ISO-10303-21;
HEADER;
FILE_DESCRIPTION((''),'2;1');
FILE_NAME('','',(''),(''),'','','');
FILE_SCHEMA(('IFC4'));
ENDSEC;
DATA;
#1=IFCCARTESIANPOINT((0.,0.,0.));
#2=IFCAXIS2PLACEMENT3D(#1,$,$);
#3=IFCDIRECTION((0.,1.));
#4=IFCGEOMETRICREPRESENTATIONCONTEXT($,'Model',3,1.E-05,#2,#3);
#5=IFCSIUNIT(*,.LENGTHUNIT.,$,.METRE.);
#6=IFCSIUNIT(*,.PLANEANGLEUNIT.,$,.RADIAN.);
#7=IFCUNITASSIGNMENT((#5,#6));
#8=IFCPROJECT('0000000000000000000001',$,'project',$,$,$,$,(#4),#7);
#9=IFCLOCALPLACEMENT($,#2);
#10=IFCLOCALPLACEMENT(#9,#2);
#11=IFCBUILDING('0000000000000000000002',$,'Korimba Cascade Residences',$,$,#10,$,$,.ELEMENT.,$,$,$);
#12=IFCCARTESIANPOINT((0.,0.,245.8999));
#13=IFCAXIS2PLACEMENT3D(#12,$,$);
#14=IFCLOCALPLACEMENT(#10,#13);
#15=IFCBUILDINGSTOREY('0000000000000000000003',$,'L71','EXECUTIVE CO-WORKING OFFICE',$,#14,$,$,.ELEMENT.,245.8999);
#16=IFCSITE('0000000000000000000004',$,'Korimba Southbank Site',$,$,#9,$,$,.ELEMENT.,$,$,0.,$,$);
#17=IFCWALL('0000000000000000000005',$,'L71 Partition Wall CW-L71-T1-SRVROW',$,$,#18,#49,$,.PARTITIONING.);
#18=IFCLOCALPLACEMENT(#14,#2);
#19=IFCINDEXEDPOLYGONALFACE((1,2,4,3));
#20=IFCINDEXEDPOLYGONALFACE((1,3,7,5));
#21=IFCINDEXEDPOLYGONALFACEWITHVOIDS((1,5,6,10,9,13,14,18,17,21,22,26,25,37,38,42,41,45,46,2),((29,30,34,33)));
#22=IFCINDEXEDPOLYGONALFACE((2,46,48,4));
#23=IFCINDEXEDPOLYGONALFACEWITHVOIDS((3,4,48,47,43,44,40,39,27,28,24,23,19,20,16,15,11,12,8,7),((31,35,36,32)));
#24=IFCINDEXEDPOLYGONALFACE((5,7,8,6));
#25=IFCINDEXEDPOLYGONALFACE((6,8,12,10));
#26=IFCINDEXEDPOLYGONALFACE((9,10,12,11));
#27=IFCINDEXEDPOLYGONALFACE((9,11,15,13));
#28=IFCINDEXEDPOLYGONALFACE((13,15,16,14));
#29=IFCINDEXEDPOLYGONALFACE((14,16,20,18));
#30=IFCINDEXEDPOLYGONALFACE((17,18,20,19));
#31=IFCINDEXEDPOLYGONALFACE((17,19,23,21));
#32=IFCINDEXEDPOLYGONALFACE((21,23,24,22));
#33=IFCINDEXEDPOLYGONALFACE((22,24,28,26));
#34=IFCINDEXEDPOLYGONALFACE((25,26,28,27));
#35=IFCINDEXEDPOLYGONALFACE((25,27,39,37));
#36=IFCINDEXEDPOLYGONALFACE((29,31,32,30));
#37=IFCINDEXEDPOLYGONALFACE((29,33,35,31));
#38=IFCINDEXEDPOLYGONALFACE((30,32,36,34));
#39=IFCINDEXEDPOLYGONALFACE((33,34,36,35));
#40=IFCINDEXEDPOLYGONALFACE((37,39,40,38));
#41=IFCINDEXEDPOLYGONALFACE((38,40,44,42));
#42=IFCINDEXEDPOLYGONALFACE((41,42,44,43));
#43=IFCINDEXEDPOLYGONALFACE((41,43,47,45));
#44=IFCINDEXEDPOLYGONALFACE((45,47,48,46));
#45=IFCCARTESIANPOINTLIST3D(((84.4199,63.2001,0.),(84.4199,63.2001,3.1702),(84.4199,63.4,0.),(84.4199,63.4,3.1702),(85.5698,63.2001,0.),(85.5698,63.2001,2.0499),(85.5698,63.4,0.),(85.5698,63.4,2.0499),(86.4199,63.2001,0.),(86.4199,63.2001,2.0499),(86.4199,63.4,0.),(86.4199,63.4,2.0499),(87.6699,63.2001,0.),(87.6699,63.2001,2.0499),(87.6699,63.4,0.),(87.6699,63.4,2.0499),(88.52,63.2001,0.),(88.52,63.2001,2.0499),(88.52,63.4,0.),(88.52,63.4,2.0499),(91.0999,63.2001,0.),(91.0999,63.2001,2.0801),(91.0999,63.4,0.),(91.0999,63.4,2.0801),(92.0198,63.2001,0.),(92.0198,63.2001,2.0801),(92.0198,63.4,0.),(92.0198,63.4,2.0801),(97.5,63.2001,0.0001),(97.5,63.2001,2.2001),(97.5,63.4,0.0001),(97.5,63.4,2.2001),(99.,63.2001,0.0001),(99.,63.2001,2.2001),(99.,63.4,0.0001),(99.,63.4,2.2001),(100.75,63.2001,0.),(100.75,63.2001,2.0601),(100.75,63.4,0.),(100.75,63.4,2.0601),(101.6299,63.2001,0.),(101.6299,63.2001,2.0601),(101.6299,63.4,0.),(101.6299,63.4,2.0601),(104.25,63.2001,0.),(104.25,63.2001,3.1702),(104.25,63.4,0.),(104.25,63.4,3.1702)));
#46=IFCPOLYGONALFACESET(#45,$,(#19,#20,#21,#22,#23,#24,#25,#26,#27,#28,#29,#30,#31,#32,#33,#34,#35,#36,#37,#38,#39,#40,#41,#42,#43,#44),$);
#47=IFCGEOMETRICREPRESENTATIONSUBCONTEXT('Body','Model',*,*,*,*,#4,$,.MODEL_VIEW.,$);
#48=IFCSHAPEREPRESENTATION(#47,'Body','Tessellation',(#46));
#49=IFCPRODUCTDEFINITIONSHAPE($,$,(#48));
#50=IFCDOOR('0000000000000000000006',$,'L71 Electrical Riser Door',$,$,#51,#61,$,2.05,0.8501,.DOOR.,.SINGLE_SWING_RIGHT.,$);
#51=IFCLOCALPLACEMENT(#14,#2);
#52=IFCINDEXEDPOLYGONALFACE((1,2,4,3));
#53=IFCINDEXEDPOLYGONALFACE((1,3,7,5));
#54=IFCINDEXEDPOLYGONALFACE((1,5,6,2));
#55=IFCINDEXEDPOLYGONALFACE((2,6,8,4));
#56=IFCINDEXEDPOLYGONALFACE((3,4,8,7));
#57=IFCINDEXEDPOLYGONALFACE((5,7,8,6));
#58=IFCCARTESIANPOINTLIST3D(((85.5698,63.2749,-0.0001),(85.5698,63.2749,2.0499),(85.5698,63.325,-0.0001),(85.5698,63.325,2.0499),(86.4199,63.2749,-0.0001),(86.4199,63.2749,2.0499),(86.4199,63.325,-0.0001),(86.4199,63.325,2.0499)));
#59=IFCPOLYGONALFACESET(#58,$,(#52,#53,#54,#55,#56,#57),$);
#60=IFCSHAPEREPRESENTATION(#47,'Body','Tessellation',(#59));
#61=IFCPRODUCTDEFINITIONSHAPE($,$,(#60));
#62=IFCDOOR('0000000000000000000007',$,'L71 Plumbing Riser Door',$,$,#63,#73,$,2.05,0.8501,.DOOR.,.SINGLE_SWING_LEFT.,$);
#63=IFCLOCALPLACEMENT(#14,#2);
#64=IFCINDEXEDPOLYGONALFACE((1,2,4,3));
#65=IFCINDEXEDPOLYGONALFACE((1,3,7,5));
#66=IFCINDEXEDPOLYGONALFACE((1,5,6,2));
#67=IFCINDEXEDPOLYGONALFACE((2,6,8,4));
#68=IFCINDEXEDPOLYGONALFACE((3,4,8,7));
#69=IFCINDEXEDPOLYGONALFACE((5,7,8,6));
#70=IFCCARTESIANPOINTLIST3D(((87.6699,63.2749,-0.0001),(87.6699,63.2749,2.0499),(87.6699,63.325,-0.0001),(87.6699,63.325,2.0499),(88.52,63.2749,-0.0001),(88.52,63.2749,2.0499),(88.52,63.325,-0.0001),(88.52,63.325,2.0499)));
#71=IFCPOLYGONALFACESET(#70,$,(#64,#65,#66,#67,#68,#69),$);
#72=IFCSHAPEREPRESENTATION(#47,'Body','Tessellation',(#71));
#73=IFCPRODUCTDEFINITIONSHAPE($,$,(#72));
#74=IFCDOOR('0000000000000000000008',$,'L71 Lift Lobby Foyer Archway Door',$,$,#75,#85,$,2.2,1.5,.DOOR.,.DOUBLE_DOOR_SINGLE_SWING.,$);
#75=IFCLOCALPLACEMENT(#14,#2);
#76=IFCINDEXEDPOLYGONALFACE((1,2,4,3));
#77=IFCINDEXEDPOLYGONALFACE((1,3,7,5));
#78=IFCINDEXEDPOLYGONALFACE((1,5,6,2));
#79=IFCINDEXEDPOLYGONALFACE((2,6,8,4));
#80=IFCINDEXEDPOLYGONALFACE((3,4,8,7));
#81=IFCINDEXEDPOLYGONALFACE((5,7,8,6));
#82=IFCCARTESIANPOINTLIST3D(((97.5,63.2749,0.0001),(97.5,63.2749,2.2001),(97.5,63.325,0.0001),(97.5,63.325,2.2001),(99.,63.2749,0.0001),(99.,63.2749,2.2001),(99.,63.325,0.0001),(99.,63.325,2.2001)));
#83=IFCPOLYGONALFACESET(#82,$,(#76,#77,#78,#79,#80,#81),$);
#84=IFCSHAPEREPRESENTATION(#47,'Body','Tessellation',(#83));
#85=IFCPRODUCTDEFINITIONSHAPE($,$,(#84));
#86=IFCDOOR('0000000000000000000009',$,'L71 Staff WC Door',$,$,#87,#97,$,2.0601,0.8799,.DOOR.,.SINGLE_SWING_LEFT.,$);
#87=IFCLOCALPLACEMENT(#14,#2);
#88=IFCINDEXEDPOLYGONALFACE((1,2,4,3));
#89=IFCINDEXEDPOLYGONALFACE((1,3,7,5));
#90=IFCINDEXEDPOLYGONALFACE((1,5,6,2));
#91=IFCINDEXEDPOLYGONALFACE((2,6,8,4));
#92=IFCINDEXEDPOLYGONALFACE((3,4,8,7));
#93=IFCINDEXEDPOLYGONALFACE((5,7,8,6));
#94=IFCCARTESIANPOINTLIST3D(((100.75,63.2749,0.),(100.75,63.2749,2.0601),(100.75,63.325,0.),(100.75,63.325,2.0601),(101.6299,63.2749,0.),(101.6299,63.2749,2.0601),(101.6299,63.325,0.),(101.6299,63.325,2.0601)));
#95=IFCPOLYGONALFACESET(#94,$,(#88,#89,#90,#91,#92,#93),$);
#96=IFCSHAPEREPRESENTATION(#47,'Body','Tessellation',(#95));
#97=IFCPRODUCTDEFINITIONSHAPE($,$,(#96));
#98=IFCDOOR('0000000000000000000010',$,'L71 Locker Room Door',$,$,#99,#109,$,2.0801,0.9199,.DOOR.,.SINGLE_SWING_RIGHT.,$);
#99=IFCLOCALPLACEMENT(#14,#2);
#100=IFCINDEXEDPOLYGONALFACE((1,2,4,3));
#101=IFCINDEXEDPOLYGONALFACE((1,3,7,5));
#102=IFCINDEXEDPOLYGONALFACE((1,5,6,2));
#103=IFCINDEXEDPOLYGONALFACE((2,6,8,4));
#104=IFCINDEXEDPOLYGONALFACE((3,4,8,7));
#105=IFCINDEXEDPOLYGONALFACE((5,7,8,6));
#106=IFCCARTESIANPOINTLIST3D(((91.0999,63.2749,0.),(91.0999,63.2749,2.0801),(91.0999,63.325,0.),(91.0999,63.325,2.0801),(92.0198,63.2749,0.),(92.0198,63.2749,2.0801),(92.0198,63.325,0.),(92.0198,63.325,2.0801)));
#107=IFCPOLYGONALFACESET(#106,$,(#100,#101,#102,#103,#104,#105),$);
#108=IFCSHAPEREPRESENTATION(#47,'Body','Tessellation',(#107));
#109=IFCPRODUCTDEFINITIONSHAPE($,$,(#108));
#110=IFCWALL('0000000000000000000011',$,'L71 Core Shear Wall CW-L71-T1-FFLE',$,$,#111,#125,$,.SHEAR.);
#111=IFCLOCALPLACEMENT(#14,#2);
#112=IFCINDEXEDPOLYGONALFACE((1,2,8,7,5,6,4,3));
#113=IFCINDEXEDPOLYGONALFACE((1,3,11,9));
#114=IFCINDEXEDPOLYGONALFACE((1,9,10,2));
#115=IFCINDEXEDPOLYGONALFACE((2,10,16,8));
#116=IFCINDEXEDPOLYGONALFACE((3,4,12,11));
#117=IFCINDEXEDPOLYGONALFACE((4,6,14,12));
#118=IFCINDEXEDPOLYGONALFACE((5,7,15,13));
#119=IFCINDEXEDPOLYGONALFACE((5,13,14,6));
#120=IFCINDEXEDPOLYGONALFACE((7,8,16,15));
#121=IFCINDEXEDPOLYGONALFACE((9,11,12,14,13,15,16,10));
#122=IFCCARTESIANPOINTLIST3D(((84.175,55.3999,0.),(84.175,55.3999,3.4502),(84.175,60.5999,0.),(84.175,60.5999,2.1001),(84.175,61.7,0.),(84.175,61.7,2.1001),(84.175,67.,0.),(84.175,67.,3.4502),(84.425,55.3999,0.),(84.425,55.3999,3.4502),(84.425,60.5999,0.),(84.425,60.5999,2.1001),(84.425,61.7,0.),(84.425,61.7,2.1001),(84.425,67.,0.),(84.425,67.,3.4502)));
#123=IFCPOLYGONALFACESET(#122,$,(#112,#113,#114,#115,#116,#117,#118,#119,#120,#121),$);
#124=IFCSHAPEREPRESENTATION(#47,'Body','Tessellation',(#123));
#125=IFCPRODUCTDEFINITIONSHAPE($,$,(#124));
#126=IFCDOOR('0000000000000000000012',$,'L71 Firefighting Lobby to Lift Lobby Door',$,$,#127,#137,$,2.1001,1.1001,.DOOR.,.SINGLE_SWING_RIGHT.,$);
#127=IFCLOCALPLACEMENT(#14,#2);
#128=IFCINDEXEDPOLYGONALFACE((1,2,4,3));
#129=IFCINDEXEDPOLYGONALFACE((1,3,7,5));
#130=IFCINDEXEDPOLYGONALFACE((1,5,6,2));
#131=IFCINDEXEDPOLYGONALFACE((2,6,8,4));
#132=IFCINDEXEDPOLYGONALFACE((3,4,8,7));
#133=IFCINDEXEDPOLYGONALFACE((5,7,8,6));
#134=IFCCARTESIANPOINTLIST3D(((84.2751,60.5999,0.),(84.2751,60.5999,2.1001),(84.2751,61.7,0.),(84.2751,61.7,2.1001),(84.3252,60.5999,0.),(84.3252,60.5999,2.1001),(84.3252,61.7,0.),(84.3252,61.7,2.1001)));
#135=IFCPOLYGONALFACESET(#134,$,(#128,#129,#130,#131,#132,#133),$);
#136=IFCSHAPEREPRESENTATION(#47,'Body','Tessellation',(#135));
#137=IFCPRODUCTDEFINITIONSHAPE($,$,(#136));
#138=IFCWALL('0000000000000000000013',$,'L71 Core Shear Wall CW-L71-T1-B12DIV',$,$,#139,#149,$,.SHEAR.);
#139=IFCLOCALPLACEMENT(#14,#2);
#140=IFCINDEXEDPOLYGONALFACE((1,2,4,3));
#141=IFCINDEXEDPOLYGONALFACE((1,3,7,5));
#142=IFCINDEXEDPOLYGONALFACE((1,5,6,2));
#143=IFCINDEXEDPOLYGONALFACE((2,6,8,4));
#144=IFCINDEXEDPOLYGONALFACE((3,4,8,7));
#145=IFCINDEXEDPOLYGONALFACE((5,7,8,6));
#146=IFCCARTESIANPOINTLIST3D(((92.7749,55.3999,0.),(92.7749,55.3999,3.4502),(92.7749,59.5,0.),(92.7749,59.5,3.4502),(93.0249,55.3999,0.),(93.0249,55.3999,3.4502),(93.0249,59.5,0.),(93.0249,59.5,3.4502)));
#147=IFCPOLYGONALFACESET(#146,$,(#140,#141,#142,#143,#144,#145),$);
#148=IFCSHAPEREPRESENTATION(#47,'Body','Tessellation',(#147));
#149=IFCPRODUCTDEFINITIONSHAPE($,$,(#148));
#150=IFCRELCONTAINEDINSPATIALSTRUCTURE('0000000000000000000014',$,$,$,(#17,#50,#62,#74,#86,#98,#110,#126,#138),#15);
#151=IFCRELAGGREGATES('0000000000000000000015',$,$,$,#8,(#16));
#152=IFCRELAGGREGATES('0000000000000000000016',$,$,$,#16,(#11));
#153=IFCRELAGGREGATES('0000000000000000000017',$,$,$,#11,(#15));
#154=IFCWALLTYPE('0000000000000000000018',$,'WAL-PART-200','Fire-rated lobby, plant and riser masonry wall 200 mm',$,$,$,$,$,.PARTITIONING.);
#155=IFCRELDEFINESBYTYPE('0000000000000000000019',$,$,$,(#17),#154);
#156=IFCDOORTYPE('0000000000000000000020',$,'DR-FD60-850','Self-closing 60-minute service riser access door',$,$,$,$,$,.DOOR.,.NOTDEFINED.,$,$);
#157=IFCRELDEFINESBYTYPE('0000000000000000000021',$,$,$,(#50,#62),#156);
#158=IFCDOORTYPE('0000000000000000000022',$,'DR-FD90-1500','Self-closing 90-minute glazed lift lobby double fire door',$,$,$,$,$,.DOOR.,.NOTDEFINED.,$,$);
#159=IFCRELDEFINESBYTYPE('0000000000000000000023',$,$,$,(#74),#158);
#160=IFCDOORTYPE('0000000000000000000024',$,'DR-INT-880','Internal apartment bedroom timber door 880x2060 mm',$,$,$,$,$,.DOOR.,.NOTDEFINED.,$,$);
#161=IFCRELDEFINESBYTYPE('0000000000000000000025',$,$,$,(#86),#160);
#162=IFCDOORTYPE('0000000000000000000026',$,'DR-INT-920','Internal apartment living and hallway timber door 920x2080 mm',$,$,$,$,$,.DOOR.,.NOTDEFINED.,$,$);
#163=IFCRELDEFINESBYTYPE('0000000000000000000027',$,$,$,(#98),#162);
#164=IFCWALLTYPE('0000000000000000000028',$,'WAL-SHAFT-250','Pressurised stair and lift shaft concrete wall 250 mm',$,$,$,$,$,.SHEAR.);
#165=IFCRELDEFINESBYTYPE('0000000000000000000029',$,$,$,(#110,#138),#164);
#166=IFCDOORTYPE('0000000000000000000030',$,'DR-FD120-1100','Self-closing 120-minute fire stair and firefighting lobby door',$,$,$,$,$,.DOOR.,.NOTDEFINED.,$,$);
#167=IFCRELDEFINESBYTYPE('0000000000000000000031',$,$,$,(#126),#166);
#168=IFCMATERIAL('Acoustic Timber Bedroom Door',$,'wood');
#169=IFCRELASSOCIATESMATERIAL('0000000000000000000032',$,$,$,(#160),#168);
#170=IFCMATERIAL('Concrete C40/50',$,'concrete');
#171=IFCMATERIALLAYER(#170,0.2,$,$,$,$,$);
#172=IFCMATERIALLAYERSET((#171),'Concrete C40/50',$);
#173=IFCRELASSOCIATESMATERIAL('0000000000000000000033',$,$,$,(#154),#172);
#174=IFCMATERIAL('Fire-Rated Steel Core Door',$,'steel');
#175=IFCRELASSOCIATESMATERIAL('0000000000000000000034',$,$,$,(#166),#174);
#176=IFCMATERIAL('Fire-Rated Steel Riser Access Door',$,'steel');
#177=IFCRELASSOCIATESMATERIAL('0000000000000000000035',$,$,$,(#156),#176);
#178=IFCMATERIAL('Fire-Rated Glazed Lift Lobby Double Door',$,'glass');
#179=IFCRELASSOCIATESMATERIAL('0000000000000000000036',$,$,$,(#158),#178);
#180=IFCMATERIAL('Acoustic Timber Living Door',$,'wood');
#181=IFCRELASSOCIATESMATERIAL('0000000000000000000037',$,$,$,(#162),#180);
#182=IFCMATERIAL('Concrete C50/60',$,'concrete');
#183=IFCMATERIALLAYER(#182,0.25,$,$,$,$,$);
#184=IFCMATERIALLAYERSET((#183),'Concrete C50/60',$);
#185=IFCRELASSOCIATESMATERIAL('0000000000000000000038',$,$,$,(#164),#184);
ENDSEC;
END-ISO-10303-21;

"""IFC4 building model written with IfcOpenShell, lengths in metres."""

from ifc_helpers import new_model, si_unit, direction, frame, frame_2d, origin, place, context, subcontext, project, spatial, rectangle, extrude, material, layer, layer_set, type_object, element, fill, save


model = new_model("IFC4")

# Units and contexts
model_context = context("Model", 3, precision=1e-05, world=origin(), true_north=direction((0.0, 1.0)))
body_context = subcontext(model_context, "Body", "Model", "MODEL_VIEW")
ifc_project = project(units=[si_unit("LENGTHUNIT", "METRE"), si_unit("PLANEANGLEUNIT", "RADIAN")], contexts=[model_context])

# Site, building, storey
site_placement = place(None, origin())
site = spatial("IfcSite", under=ifc_project, at=site_placement, Name="Korimba Southbank Site", CompositionType="ELEMENT", RefElevation=0.0)
building_placement = place(site_placement, origin())
building = spatial("IfcBuilding", under=site, at=building_placement, Name="Korimba Cascade Residences", CompositionType="ELEMENT")
storey_placement = place(building_placement, frame((0.0, 0.0, 245.8999)))
storey = spatial("IfcBuildingStorey", under=building, at=storey_placement, Name="L71", Description="EXECUTIVE CO-WORKING OFFICE", CompositionType="ELEMENT", Elevation=245.8999)

# Shared definitions
ifc_material_1 = material(Name="Concrete C50/60", Category="concrete")

# Shared definitions
ifc_material_2 = material(Name="Acoustic Timber Bedroom Door", Category="wood")
door_type_1 = type_object("IfcDoorType", Name="DR-INT-880", Description="Internal apartment bedroom timber door 880x2060 mm", OperationType="NOTDEFINED", PredefinedType="DOOR", material=ifc_material_2)

# Shared definitions
ifc_material_3 = material(Name="Concrete C40/50", Category="concrete")
ifc_layer_1 = layer(ifc_material_3, 0.2)
ifc_layer_set_1 = layer_set([ifc_layer_1], Name="Concrete C40/50")
wall_type_1 = type_object("IfcWallType", Name="WAL-PART-200", Description="Fire-rated lobby, plant and riser masonry wall 200 mm", PredefinedType="PARTITIONING", material=ifc_layer_set_1)

# Shared definitions
ifc_material_4 = material(Name="Fire-Rated Steel Core Door", Category="steel")
door_type_2 = type_object("IfcDoorType", Name="DR-FD120-1100", Description="Self-closing 120-minute fire stair and firefighting lobby door", OperationType="NOTDEFINED", PredefinedType="DOOR", material=ifc_material_4)

# Wall, openings, doors
wall_1_placement = place(storey_placement, frame((84.4199, 63.3, 0.0), z_axis=(0.0, 0.0, 1.0), x_axis=(1.0, 0.0, 0.0)))
wall_1 = element("IfcWall", 1, at=wall_1_placement, inside=storey, type_object=wall_type_1, Name="L71 Partition Wall CW-L71-T1-SRVROW", PredefinedType="PARTITIONING", context=body_context, shape_type="SweptSolid", body=[
    extrude(rectangle(XDim=19.8301, YDim=0.2, at=frame_2d((9.915, 0.0))), origin(), (0.0, 0.0, 1.0), 3.1702),
])
opening_1_placement = place(wall_1_placement, frame((1.1499, 0.0, 0.0)))
opening_1 = element("IfcOpeningElement", 2, at=opening_1_placement, cuts=wall_1, PredefinedType="OPENING", context=body_context, shape_type="SweptSolid", body=[
    extrude(rectangle(XDim=0.8501, YDim=2.05, at=frame_2d((0.425, 1.0249))), frame((0.0, 0.1099, 0.0), z_axis=(0.0, -1.0, 0.0), x_axis=(1.0, 0.0, 0.0)), (0.0, 0.0, 1.0), 0.22),
])
opening_2_placement = place(wall_1_placement, frame((3.25, 0.0, 0.0)))
opening_2 = element("IfcOpeningElement", 3, at=opening_2_placement, cuts=wall_1, PredefinedType="OPENING", context=body_context, shape_type="SweptSolid", body=[
    extrude(rectangle(XDim=0.8501, YDim=2.05, at=frame_2d((0.425, 1.0249))), frame((0.0, 0.1099, 0.0), z_axis=(0.0, -1.0, 0.0), x_axis=(1.0, 0.0, 0.0)), (0.0, 0.0, 1.0), 0.22),
])
opening_3_placement = place(wall_1_placement, frame((13.0801, 0.0, 0.0)))
opening_3 = element("IfcOpeningElement", 4, at=opening_3_placement, cuts=wall_1, PredefinedType="OPENING", context=body_context, shape_type="SweptSolid", body=[
    extrude(rectangle(XDim=1.5, YDim=2.2, at=frame_2d((0.75, 1.1001))), frame((0.0, 0.1099, 0.0), z_axis=(0.0, -1.0, 0.0), x_axis=(1.0, 0.0, 0.0)), (0.0, 0.0, 1.0), 0.22),
])
opening_4_placement = place(wall_1_placement, frame((6.6799, 0.0, 0.0)))
opening_4 = element("IfcOpeningElement", 5, at=opening_4_placement, cuts=wall_1, PredefinedType="OPENING", context=body_context, shape_type="SweptSolid", body=[
    extrude(rectangle(XDim=0.9199, YDim=2.0801, at=frame_2d((0.46, 1.04))), frame((0.0, 0.1099, 0.0), z_axis=(0.0, -1.0, 0.0), x_axis=(1.0, 0.0, 0.0)), (0.0, 0.0, 1.0), 0.22),
])
opening_5_placement = place(wall_1_placement, frame((16.3301, 0.0, 0.0)))
opening_5 = element("IfcOpeningElement", 6, at=opening_5_placement, cuts=wall_1, PredefinedType="OPENING", context=body_context, shape_type="SweptSolid", body=[
    extrude(rectangle(XDim=0.8799, YDim=2.0601, at=frame_2d((0.4399, 1.03))), frame((0.0, 0.1099, 0.0), z_axis=(0.0, -1.0, 0.0), x_axis=(1.0, 0.0, 0.0)), (0.0, 0.0, 1.0), 0.22),
])
ifc_material_5 = material(Name="Fire-Rated Steel Riser Access Door", Category="steel")
door_type_3 = type_object("IfcDoorType", Name="DR-FD60-850", Description="Self-closing 60-minute service riser access door", OperationType="NOTDEFINED", PredefinedType="DOOR", material=ifc_material_5)
door_1_placement = place(opening_1_placement, origin())
door_1 = element("IfcDoor", 7, at=door_1_placement, inside=storey, type_object=door_type_3, Name="L71 Electrical Riser Door", OperationType="SINGLE_SWING_RIGHT", OverallHeight=2.05, OverallWidth=0.8501, PredefinedType="DOOR", context=body_context, shape_type="SweptSolid", body=[
    extrude(rectangle(XDim=0.8501, YDim=2.05, at=frame_2d((0.425, 1.0249))), frame((0.0, 0.0249, 0.0), z_axis=(0.0, -1.0, 0.0), x_axis=(1.0, 0.0, 0.0)), (0.0, 0.0, 1.0), 0.05),
])
fill(opening_1, door_1)
door_2_placement = place(opening_2_placement, origin())
door_2 = element("IfcDoor", 8, at=door_2_placement, inside=storey, type_object=door_type_3, Name="L71 Plumbing Riser Door", OperationType="SINGLE_SWING_LEFT", OverallHeight=2.05, OverallWidth=0.8501, PredefinedType="DOOR", context=body_context, shape_type="SweptSolid", body=[
    extrude(rectangle(XDim=0.8501, YDim=2.05, at=frame_2d((0.425, 1.0249))), frame((0.0, 0.0249, 0.0), z_axis=(0.0, -1.0, 0.0), x_axis=(1.0, 0.0, 0.0)), (0.0, 0.0, 1.0), 0.05),
])
fill(opening_2, door_2)
ifc_material_6 = material(Name="Fire-Rated Glazed Lift Lobby Double Door", Category="glass")
door_type_4 = type_object("IfcDoorType", Name="DR-FD90-1500", Description="Self-closing 90-minute glazed lift lobby double fire door", OperationType="NOTDEFINED", PredefinedType="DOOR", material=ifc_material_6)
door_3_placement = place(opening_3_placement, origin())
door_3 = element("IfcDoor", 9, at=door_3_placement, inside=storey, type_object=door_type_4, Name="L71 Lift Lobby Foyer Archway Door", OperationType="DOUBLE_DOOR_SINGLE_SWING", OverallHeight=2.2, OverallWidth=1.5, PredefinedType="DOOR", context=body_context, shape_type="SweptSolid", body=[
    extrude(rectangle(XDim=1.5, YDim=2.2, at=frame_2d((0.75, 1.1001))), frame((0.0, 0.0249, 0.0), z_axis=(0.0, -1.0, 0.0), x_axis=(1.0, 0.0, 0.0)), (0.0, 0.0, 1.0), 0.05),
])
fill(opening_3, door_3)
door_4_placement = place(opening_5_placement, origin())
door_4 = element("IfcDoor", 10, at=door_4_placement, inside=storey, type_object=door_type_1, Name="L71 Staff WC Door", OperationType="SINGLE_SWING_LEFT", OverallHeight=2.0601, OverallWidth=0.8799, PredefinedType="DOOR", context=body_context, shape_type="SweptSolid", body=[
    extrude(rectangle(XDim=0.8799, YDim=2.0601, at=frame_2d((0.4399, 1.03))), frame((0.0, 0.0249, 0.0), z_axis=(0.0, -1.0, 0.0), x_axis=(1.0, 0.0, 0.0)), (0.0, 0.0, 1.0), 0.05),
])
fill(opening_5, door_4)
ifc_material_7 = material(Name="Acoustic Timber Living Door", Category="wood")
door_type_5 = type_object("IfcDoorType", Name="DR-INT-920", Description="Internal apartment living and hallway timber door 920x2080 mm", OperationType="NOTDEFINED", PredefinedType="DOOR", material=ifc_material_7)
door_5_placement = place(opening_4_placement, origin())
door_5 = element("IfcDoor", 11, at=door_5_placement, inside=storey, type_object=door_type_5, Name="L71 Locker Room Door", OperationType="SINGLE_SWING_RIGHT", OverallHeight=2.0801, OverallWidth=0.9199, PredefinedType="DOOR", context=body_context, shape_type="SweptSolid", body=[
    extrude(rectangle(XDim=0.9199, YDim=2.0801, at=frame_2d((0.46, 1.04))), frame((0.0, 0.0249, 0.0), z_axis=(0.0, -1.0, 0.0), x_axis=(1.0, 0.0, 0.0)), (0.0, 0.0, 1.0), 0.05),
])
fill(opening_4, door_5)
ifc_layer_2 = layer(ifc_material_1, 0.25)
ifc_layer_set_2 = layer_set([ifc_layer_2], Name="Concrete C50/60")
wall_type_2 = type_object("IfcWallType", Name="WAL-SHAFT-250", Description="Pressurised stair and lift shaft concrete wall 250 mm", PredefinedType="SHEAR", material=ifc_layer_set_2)

# Wall, opening, door
wall_2_placement = place(storey_placement, frame((84.3, 55.3999, 0.0), z_axis=(0.0, 0.0, 1.0), x_axis=(0.0, 1.0, 0.0)))
wall_2 = element("IfcWall", 12, at=wall_2_placement, inside=storey, type_object=wall_type_2, Name="L71 Core Shear Wall CW-L71-T1-FFLE", PredefinedType="SHEAR", context=body_context, shape_type="SweptSolid", body=[
    extrude(rectangle(XDim=11.6001, YDim=0.25, at=frame_2d((5.8, 0.0))), origin(), (0.0, 0.0, 1.0), 3.4502),
])
opening_6_placement = place(wall_2_placement, frame((5.2, 0.0, 0.0)))
opening_6 = element("IfcOpeningElement", 13, at=opening_6_placement, cuts=wall_2, PredefinedType="OPENING", context=body_context, shape_type="SweptSolid", body=[
    extrude(rectangle(XDim=1.1001, YDim=2.1001, at=frame_2d((0.55, 1.05))), frame((0.0, 0.135, 0.0), z_axis=(0.0, -1.0, 0.0), x_axis=(1.0, 0.0, 0.0)), (0.0, 0.0, 1.0), 0.27),
])
door_6_placement = place(opening_6_placement, origin())
door_6 = element("IfcDoor", 14, at=door_6_placement, inside=storey, type_object=door_type_2, Name="L71 Firefighting Lobby to Lift Lobby Door", OperationType="SINGLE_SWING_RIGHT", OverallHeight=2.1001, OverallWidth=1.1001, PredefinedType="DOOR", context=body_context, shape_type="SweptSolid", body=[
    extrude(rectangle(XDim=1.1001, YDim=2.1001, at=frame_2d((0.55, 1.05))), frame((0.0, 0.0249, 0.0), z_axis=(0.0, -1.0, 0.0), x_axis=(1.0, 0.0, 0.0)), (0.0, 0.0, 1.0), 0.05),
])
fill(opening_6, door_6)

# Wall
wall_3_placement = place(storey_placement, frame((92.8999, 55.3999, 0.0), z_axis=(0.0, 0.0, 1.0), x_axis=(0.0, 1.0, 0.0)))
element("IfcWall", 15, at=wall_3_placement, inside=storey, type_object=wall_type_2, Name="L71 Core Shear Wall CW-L71-T1-B12DIV", PredefinedType="SHEAR", context=body_context, shape_type="SweptSolid", body=[
    extrude(rectangle(XDim=4.1001, YDim=0.25, at=frame_2d((2.05, 0.0))), origin(), (0.0, 0.0, 1.0), 3.4502),
])

save(model, "model.ifc")
